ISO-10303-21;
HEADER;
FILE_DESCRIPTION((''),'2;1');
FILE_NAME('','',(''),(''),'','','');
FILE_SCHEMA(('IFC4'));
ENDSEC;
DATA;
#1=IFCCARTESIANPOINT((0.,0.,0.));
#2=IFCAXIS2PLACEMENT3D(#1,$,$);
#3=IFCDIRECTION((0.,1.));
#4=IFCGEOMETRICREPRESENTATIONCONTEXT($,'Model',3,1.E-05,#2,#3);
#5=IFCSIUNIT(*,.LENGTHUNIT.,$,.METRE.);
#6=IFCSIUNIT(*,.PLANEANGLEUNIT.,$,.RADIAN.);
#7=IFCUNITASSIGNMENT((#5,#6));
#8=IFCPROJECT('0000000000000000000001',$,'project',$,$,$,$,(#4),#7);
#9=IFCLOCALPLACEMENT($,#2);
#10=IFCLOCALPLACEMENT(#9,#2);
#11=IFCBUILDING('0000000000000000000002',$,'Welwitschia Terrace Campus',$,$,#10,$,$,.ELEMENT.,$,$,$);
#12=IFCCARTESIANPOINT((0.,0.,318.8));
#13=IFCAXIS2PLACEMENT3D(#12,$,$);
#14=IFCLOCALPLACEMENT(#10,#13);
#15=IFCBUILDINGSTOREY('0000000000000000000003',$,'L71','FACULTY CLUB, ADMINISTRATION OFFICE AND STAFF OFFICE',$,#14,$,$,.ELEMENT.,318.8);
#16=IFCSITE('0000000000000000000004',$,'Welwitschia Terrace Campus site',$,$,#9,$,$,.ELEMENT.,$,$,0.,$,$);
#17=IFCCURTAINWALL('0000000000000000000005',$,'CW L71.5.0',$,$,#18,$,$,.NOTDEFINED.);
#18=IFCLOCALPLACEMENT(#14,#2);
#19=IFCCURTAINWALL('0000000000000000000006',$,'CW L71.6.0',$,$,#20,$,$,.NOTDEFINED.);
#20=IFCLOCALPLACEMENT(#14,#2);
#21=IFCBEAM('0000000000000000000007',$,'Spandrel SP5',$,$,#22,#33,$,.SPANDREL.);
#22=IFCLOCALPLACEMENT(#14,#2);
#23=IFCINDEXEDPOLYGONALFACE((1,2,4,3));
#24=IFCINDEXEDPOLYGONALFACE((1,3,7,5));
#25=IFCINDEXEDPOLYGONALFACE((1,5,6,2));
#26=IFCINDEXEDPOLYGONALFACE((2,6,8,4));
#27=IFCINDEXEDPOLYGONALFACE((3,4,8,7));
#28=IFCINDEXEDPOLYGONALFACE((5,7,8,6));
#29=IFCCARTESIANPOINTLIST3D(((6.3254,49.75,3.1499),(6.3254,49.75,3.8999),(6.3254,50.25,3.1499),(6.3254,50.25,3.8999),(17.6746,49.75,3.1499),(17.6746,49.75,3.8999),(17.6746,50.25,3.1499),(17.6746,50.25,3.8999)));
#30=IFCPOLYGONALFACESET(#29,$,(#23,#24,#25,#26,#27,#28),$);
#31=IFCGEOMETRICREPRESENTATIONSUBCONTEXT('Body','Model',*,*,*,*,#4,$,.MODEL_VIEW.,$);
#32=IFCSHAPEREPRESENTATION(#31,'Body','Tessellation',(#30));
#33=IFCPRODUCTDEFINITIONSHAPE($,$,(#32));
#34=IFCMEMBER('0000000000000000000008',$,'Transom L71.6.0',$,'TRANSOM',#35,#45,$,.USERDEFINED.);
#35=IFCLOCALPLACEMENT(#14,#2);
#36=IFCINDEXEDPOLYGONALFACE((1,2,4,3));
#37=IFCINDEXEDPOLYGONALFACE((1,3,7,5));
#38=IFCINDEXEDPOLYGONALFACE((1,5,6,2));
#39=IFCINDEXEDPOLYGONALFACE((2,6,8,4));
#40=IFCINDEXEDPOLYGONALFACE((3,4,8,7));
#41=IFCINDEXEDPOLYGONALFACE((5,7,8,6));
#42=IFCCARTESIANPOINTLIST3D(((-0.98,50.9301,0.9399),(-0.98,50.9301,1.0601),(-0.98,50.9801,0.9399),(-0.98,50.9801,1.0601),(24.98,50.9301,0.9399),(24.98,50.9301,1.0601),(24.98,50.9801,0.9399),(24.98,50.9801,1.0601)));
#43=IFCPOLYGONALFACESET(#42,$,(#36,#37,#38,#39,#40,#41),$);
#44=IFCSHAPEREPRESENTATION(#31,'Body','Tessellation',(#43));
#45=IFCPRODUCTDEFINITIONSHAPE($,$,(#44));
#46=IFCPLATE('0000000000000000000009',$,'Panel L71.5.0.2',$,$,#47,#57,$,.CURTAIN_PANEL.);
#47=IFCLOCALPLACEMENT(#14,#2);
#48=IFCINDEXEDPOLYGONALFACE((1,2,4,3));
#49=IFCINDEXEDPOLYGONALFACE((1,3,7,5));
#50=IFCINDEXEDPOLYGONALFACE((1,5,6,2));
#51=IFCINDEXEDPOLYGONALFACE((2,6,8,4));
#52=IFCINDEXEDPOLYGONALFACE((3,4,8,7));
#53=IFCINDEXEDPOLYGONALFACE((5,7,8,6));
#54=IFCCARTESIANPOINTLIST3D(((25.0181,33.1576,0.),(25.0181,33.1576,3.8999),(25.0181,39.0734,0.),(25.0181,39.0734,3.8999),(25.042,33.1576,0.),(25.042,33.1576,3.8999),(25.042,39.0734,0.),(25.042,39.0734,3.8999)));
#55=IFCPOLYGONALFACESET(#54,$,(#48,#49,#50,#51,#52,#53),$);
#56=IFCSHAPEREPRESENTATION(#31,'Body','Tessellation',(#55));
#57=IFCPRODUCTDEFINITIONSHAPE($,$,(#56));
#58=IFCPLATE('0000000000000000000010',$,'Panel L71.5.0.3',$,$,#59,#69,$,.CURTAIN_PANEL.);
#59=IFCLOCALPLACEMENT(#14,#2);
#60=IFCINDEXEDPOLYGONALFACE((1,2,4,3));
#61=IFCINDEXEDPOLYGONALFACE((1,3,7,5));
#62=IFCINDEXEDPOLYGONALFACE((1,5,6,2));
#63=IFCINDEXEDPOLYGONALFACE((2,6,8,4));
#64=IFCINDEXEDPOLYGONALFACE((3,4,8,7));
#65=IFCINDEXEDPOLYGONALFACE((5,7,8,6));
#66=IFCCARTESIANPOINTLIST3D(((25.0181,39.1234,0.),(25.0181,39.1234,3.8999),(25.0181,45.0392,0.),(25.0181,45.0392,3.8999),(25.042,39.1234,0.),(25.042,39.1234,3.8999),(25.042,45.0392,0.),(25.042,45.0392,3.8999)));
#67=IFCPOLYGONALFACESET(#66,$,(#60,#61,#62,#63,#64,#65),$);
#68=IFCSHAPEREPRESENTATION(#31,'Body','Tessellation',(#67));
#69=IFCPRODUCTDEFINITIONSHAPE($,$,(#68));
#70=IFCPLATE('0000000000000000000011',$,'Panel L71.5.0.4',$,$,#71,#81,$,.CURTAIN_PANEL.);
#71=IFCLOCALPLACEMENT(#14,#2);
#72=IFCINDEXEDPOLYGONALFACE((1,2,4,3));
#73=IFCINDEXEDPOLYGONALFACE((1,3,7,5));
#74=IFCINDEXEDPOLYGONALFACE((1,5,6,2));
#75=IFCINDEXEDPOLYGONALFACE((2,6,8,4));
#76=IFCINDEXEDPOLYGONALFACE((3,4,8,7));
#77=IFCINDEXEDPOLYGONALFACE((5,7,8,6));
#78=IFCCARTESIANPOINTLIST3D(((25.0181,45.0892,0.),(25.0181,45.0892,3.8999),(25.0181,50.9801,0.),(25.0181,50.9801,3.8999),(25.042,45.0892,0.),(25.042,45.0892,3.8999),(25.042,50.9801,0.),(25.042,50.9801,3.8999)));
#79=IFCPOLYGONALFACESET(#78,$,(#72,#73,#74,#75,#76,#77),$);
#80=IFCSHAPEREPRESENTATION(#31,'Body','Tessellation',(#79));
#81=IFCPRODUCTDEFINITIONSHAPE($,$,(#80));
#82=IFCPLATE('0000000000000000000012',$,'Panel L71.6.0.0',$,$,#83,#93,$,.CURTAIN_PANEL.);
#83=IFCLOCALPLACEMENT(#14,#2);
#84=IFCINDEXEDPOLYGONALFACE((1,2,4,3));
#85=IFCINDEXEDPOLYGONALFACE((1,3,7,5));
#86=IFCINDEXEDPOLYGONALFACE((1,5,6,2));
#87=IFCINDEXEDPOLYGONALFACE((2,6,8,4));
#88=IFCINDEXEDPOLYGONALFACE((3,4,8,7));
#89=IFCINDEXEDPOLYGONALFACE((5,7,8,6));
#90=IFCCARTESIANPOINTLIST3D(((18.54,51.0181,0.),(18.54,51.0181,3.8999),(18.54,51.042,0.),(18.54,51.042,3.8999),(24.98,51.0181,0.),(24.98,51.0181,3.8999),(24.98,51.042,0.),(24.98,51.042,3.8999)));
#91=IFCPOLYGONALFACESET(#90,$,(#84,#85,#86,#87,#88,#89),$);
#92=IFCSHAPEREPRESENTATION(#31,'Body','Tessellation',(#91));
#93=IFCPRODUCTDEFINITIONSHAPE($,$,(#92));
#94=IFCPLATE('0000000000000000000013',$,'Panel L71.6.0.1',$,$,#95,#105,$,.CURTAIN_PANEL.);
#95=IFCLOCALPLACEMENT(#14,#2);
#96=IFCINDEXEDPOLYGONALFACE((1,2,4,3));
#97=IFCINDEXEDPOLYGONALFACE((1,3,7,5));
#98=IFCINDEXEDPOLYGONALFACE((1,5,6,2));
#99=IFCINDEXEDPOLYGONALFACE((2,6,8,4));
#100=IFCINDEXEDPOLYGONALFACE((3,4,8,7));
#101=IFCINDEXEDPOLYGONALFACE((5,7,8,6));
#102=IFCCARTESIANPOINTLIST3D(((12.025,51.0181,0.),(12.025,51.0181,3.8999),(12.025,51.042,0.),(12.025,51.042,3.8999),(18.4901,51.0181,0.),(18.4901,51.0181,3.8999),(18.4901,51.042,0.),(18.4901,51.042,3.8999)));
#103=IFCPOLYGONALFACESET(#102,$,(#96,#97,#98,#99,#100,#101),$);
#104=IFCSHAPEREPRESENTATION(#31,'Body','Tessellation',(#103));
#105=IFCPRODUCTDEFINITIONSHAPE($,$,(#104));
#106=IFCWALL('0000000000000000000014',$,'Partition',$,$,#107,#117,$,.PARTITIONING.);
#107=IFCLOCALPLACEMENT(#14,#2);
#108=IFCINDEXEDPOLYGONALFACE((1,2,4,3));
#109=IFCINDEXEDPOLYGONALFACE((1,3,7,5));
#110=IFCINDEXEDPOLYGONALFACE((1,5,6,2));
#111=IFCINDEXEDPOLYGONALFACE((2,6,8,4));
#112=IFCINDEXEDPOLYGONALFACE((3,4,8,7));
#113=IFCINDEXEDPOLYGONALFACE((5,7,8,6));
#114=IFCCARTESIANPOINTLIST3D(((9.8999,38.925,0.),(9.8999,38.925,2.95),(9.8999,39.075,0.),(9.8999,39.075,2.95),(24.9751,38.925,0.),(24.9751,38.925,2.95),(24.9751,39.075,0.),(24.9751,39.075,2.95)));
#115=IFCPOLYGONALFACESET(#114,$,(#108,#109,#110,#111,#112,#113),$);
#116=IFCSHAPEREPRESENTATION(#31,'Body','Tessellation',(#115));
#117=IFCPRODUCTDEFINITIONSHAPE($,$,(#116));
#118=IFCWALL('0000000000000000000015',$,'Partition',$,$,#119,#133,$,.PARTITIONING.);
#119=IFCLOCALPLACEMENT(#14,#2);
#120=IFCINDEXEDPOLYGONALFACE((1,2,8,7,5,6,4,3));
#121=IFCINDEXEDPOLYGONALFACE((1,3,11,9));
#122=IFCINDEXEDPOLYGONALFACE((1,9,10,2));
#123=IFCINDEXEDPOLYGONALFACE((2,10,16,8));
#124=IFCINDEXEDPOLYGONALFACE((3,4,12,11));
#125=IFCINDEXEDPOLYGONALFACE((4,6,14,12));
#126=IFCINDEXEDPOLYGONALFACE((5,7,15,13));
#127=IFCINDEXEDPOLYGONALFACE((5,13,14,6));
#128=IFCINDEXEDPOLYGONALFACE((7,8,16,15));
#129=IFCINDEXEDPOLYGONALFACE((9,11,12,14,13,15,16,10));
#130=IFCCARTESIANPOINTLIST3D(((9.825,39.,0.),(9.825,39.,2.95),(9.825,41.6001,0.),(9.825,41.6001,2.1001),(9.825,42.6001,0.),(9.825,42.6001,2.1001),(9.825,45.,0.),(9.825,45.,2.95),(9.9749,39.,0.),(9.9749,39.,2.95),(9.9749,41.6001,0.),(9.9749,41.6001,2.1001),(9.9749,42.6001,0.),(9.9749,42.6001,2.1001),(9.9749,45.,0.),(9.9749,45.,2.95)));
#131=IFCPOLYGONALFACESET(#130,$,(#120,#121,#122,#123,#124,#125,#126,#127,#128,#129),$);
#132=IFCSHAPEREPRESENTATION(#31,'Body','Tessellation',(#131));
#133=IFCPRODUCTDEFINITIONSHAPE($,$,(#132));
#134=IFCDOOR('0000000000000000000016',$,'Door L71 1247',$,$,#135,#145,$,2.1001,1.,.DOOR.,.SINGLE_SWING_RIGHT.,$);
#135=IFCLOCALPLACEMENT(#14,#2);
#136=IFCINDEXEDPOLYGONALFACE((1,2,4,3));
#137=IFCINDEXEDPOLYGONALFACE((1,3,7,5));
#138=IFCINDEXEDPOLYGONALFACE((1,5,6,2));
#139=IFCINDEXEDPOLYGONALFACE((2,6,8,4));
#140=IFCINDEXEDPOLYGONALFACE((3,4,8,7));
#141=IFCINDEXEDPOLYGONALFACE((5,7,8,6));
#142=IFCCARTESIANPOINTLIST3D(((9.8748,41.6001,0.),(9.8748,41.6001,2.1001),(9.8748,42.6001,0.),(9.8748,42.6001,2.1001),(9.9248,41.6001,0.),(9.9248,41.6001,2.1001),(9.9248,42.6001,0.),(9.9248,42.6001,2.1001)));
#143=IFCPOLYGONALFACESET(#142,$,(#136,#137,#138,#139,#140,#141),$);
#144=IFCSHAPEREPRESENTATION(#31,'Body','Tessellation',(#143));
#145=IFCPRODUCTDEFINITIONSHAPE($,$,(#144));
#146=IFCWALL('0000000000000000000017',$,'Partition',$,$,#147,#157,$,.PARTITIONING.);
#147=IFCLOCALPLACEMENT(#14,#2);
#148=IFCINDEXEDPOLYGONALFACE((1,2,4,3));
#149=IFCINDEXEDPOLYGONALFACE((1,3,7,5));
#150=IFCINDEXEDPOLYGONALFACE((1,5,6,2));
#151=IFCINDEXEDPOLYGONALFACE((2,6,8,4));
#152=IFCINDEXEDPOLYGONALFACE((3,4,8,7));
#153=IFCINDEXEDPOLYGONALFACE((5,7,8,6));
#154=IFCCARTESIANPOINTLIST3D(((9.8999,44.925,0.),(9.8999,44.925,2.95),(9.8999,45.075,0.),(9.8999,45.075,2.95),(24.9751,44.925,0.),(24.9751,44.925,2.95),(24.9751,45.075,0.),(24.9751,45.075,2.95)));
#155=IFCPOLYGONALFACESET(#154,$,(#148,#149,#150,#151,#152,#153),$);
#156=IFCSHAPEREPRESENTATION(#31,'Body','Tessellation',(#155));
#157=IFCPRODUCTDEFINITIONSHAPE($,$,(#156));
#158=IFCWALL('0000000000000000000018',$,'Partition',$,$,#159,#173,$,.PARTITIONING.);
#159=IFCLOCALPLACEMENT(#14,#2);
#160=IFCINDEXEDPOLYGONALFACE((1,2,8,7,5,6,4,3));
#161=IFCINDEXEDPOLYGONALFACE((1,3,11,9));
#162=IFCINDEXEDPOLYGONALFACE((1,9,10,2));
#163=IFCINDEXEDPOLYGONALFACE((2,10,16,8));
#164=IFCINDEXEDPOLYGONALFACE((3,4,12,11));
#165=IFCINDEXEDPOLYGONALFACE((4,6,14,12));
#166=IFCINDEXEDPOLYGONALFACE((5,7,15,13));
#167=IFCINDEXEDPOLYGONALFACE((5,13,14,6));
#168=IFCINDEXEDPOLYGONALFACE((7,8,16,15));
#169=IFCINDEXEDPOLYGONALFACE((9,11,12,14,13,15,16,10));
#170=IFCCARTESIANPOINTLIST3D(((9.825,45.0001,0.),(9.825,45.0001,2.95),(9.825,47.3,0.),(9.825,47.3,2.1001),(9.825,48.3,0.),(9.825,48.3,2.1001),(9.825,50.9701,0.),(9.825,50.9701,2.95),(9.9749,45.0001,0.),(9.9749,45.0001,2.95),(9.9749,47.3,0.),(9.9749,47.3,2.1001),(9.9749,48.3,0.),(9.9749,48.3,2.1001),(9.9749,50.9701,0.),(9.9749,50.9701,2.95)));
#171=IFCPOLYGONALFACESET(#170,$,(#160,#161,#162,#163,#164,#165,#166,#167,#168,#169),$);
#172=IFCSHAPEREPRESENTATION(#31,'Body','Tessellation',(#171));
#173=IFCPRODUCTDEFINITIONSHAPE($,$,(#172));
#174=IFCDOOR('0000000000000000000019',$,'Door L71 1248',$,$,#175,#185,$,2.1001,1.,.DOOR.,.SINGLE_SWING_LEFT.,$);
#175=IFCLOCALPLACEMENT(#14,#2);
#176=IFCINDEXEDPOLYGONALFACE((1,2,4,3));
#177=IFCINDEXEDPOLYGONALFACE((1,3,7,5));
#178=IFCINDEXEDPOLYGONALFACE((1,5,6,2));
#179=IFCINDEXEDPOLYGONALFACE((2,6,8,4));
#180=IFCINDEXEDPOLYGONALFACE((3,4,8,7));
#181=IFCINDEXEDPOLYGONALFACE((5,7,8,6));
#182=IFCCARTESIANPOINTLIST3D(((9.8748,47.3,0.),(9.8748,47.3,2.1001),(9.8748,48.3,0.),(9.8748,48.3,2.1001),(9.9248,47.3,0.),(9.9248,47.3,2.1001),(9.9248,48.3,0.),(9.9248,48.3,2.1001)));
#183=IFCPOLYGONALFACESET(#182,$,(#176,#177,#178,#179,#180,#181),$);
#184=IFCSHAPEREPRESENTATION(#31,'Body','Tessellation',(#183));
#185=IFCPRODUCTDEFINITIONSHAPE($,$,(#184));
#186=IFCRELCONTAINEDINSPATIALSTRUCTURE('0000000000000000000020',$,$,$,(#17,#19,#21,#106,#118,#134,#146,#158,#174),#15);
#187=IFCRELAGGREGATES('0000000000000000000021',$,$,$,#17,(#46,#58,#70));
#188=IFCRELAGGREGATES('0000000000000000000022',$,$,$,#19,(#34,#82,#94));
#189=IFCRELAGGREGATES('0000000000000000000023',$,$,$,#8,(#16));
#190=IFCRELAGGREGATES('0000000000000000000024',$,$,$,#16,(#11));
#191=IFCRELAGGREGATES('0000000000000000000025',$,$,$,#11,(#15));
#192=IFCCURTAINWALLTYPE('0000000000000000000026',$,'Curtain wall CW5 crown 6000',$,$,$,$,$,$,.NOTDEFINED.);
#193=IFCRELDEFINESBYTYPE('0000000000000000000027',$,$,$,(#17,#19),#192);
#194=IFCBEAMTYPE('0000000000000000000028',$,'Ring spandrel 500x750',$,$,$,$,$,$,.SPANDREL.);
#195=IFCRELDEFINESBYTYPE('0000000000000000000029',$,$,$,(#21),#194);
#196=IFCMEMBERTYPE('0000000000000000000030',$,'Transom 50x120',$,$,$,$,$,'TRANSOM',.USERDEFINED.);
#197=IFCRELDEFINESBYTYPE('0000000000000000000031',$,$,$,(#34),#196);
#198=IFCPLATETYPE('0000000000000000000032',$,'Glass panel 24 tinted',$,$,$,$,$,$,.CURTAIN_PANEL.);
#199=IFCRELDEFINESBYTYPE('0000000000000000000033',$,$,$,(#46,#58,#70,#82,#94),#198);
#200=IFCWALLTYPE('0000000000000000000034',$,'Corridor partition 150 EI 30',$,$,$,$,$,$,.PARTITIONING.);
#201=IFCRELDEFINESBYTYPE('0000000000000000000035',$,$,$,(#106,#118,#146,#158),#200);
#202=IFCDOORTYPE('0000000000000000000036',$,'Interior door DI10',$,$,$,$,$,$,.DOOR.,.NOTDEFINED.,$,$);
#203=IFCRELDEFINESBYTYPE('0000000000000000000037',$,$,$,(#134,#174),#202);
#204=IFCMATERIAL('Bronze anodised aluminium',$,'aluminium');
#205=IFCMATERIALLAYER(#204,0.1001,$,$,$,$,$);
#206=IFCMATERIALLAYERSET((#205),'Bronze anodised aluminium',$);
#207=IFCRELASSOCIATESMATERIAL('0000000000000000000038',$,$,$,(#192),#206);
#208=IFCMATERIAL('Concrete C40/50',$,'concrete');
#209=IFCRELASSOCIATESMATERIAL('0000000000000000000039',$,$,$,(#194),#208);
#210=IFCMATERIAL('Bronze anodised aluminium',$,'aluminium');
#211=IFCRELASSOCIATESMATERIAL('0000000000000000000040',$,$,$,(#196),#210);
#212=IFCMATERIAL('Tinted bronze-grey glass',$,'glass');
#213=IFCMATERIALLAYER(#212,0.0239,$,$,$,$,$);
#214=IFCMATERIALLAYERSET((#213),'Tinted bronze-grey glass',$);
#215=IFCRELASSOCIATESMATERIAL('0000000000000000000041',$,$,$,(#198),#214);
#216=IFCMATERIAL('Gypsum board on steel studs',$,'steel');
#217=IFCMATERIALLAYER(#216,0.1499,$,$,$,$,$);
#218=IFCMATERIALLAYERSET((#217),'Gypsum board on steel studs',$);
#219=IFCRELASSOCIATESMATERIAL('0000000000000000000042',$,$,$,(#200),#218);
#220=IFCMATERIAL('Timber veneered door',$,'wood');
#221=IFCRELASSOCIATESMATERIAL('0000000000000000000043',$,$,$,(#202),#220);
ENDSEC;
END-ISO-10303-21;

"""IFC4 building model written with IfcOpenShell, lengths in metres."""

from ifc_helpers import new_model, si_unit, direction, frame, frame_2d, origin, origin_2d, place, context, subcontext, project, spatial, rectangle, extrude, material, layer, layer_set, material_profile, profile_set, type_object, element, fill, aggregate, save


model = new_model("IFC4")

# Units and contexts
model_context = context("Model", 3, precision=1e-05, world=origin(), true_north=direction((0.0, 1.0)))
body_context = subcontext(model_context, "Body", "Model", "MODEL_VIEW")
ifc_project = project(units=[si_unit("LENGTHUNIT", "METRE"), si_unit("PLANEANGLEUNIT", "RADIAN")], contexts=[model_context])

# Site, building, storey
site_placement = place(None, origin())
site = spatial("IfcSite", under=ifc_project, at=site_placement, Name="Welwitschia Terrace Campus site", CompositionType="ELEMENT", RefElevation=0.0)
building_placement = place(site_placement, origin())
building = spatial("IfcBuilding", under=site, at=building_placement, Name="Welwitschia Terrace Campus", CompositionType="ELEMENT")
storey_placement = place(building_placement, frame((0.0, 0.0, 318.8)))
storey = spatial("IfcBuildingStorey", under=building, at=storey_placement, Name="L71", Description="FACULTY CLUB, ADMINISTRATION OFFICE AND STAFF OFFICE", CompositionType="ELEMENT", Elevation=318.8)

# Curtain walls
ifc_material_1 = material(Name="Bronze anodised aluminium", Category="aluminium")
ifc_layer_1 = layer(ifc_material_1, 0.1001)
ifc_layer_set_1 = layer_set([ifc_layer_1], Name="Bronze anodised aluminium")
curtain_wall_type = type_object("IfcCurtainWallType", Name="Curtain wall CW5 crown 6000", PredefinedType="NOTDEFINED", material=ifc_layer_set_1)
curtain_wall_1_placement = place(storey_placement, origin())
curtain_wall_1 = element("IfcCurtainWall", 1, at=curtain_wall_1_placement, inside=storey, type_object=curtain_wall_type, Name="CW L71.5.0", PredefinedType="NOTDEFINED")
curtain_wall_2_placement = place(storey_placement, origin())
curtain_wall_2 = element("IfcCurtainWall", 2, at=curtain_wall_2_placement, inside=storey, type_object=curtain_wall_type, Name="CW L71.6.0", PredefinedType="NOTDEFINED")

# Beam
ifc_material_2 = material(Name="Concrete C40/50", Category="concrete")
ifc_material_profile_1 = material_profile(ifc_material_2, rectangle(XDim=0.5, YDim=0.75, at=origin_2d()))
ifc_profile_set_1 = profile_set([ifc_material_profile_1], Name="Concrete C40/50")
beam_type_1 = type_object("IfcBeamType", Name="Ring spandrel 500x750", PredefinedType="SPANDREL", material=ifc_profile_set_1)
beam_1_placement = place(storey_placement, frame((17.6746, 50.0, 3.5249), z_axis=(-1.0, 0.0, 0.0), x_axis=(0.0, -1.0, 0.0)))
element("IfcBeam", 3, at=beam_1_placement, inside=storey, type_object=beam_type_1, Name="Spandrel SP5", PredefinedType="SPANDREL", context=body_context, shape_type="SweptSolid", body=[
    extrude(rectangle(XDim=0.5, YDim=0.75, at=origin_2d()), origin(), (0.0, 0.0, 1.0), 11.3491),
])

# Member
ifc_material_3 = material(Name="Bronze anodised aluminium", Category="aluminium")
ifc_material_profile_2 = material_profile(ifc_material_3, rectangle(XDim=0.05, YDim=0.1201, at=origin_2d()))
ifc_profile_set_2 = profile_set([ifc_material_profile_2], Name="Bronze anodised aluminium")
member_type_1 = type_object("IfcMemberType", Name="Transom 50x120", ElementType="TRANSOM", PredefinedType="USERDEFINED", material=ifc_profile_set_2)
member_1_placement = place(storey_placement, frame((24.98, 50.9551, 1.0), z_axis=(-1.0, 0.0, 0.0), x_axis=(0.0, -1.0, 0.0)))
member_1 = element("IfcMember", 4, at=member_1_placement, type_object=member_type_1, Name="Transom L71.6.0", ObjectType="TRANSOM", PredefinedType="USERDEFINED", context=body_context, shape_type="SweptSolid", body=[
    extrude(rectangle(XDim=0.05, YDim=0.1201, at=origin_2d()), origin(), (0.0, 0.0, 1.0), 25.96),
])

# Plates
ifc_material_4 = material(Name="Tinted bronze-grey glass", Category="glass")
ifc_layer_2 = layer(ifc_material_4, 0.0239)
ifc_layer_set_2 = layer_set([ifc_layer_2], Name="Tinted bronze-grey glass")
plate_type = type_object("IfcPlateType", Name="Glass panel 24 tinted", PredefinedType="CURTAIN_PANEL", material=ifc_layer_set_2)
plate_1_placement = place(storey_placement, frame((25.03, 36.1155, 0.0), z_axis=(0.0, 0.0, 1.0), x_axis=(0.0, 1.0, 0.0)))
plate_1 = element("IfcPlate", 5, at=plate_1_placement, type_object=plate_type, Name="Panel L71.5.0.2", PredefinedType="CURTAIN_PANEL", context=body_context, shape_type="SweptSolid", body=[
    extrude(rectangle(XDim=5.9158, YDim=0.0239, at=origin_2d()), origin(), (0.0, 0.0, 1.0), 3.8999),
])
plate_2_placement = place(storey_placement, frame((25.03, 42.0813, 0.0), z_axis=(0.0, 0.0, 1.0), x_axis=(0.0, 1.0, 0.0)))
plate_2 = element("IfcPlate", 6, at=plate_2_placement, type_object=plate_type, Name="Panel L71.5.0.3", PredefinedType="CURTAIN_PANEL", context=body_context, shape_type="SweptSolid", body=[
    extrude(rectangle(XDim=5.9158, YDim=0.0239, at=origin_2d()), origin(), (0.0, 0.0, 1.0), 3.8999),
])
plate_3_placement = place(storey_placement, frame((25.03, 48.0347, 0.0), z_axis=(0.0, 0.0, 1.0), x_axis=(0.0, 1.0, 0.0)))
plate_3 = element("IfcPlate", 7, at=plate_3_placement, type_object=plate_type, Name="Panel L71.5.0.4", PredefinedType="CURTAIN_PANEL", context=body_context, shape_type="SweptSolid", body=[
    extrude(rectangle(XDim=5.8909, YDim=0.0239, at=origin_2d()), origin(), (0.0, 0.0, 1.0), 3.8999),
])
aggregate(curtain_wall_1, [plate_1, plate_2, plate_3])
plate_4_placement = place(storey_placement, frame((21.76, 51.03, 0.0), z_axis=(0.0, 0.0, 1.0), x_axis=(-1.0, 0.0, 0.0)))
plate_4 = element("IfcPlate", 8, at=plate_4_placement, type_object=plate_type, Name="Panel L71.6.0.0", PredefinedType="CURTAIN_PANEL", context=body_context, shape_type="SweptSolid", body=[
    extrude(rectangle(XDim=6.4399, YDim=0.0239, at=origin_2d()), origin(), (0.0, 0.0, 1.0), 3.8999),
])
plate_5_placement = place(storey_placement, frame((15.2576, 51.03, 0.0), z_axis=(0.0, 0.0, 1.0), x_axis=(-1.0, 0.0, 0.0)))
plate_5 = element("IfcPlate", 9, at=plate_5_placement, type_object=plate_type, Name="Panel L71.6.0.1", PredefinedType="CURTAIN_PANEL", context=body_context, shape_type="SweptSolid", body=[
    extrude(rectangle(XDim=6.4651, YDim=0.0239, at=origin_2d()), origin(), (0.0, 0.0, 1.0), 3.8999),
])
aggregate(curtain_wall_2, [member_1, plate_4, plate_5])

# Wall
ifc_material_5 = material(Name="Gypsum board on steel studs", Category="steel")
ifc_layer_3 = layer(ifc_material_5, 0.1499)
ifc_layer_set_3 = layer_set([ifc_layer_3], Name="Gypsum board on steel studs")
wall_type = type_object("IfcWallType", Name="Corridor partition 150 EI 30", PredefinedType="PARTITIONING", material=ifc_layer_set_3)
wall_1_placement = place(storey_placement, frame((9.8999, 39.0, 0.0), z_axis=(0.0, 0.0, 1.0), x_axis=(1.0, 0.0, 0.0)))
element("IfcWall", 10, at=wall_1_placement, inside=storey, type_object=wall_type, Name="Partition", PredefinedType="PARTITIONING", context=body_context, shape_type="SweptSolid", body=[
    extrude(rectangle(XDim=15.0752, YDim=0.1499, at=frame_2d((7.5376, 0.0))), origin(), (0.0, 0.0, 1.0), 2.95),
])

# Wall, opening, door
wall_2_placement = place(storey_placement, frame((9.8999, 45.0, 0.0), z_axis=(0.0, 0.0, 1.0), x_axis=(0.0, -1.0, 0.0)))
wall_2 = element("IfcWall", 11, at=wall_2_placement, inside=storey, type_object=wall_type, Name="Partition", PredefinedType="PARTITIONING", context=body_context, shape_type="SweptSolid", body=[
    extrude(rectangle(XDim=6.0, YDim=0.1499, at=frame_2d((3.0, 0.0))), origin(), (0.0, 0.0, 1.0), 2.95),
])
opening_1_placement = place(wall_2_placement, frame((2.3999, 0.0, 0.0)))
opening_1 = element("IfcOpeningElement", 12, at=opening_1_placement, cuts=wall_2, PredefinedType="OPENING", context=body_context, shape_type="SweptSolid", body=[
    extrude(rectangle(XDim=1.0, YDim=2.1001, at=frame_2d((0.5, 1.05))), frame((0.0, 0.085, 0.0), z_axis=(0.0, -1.0, 0.0), x_axis=(1.0, 0.0, 0.0)), (0.0, 0.0, 1.0), 0.1699),
])
ifc_material_6 = material(Name="Timber veneered door", Category="wood")
door_type = type_object("IfcDoorType", Name="Interior door DI10", OperationType="NOTDEFINED", PredefinedType="DOOR", material=ifc_material_6)
door_1_placement = place(opening_1_placement, origin())
door_1 = element("IfcDoor", 13, at=door_1_placement, inside=storey, type_object=door_type, Name="Door L71 1247", OperationType="SINGLE_SWING_RIGHT", OverallHeight=2.1001, OverallWidth=1.0, PredefinedType="DOOR", context=body_context, shape_type="SweptSolid", body=[
    extrude(rectangle(XDim=1.0, YDim=2.1001, at=frame_2d((0.5, 1.05))), frame((0.0, 0.0249, 0.0), z_axis=(0.0, -1.0, 0.0), x_axis=(1.0, 0.0, 0.0)), (0.0, 0.0, 1.0), 0.05),
])
fill(opening_1, door_1)

# Wall
wall_3_placement = place(storey_placement, frame((9.8999, 45.0, 0.0), z_axis=(0.0, 0.0, 1.0), x_axis=(1.0, 0.0, 0.0)))
element("IfcWall", 14, at=wall_3_placement, inside=storey, type_object=wall_type, Name="Partition", PredefinedType="PARTITIONING", context=body_context, shape_type="SweptSolid", body=[
    extrude(rectangle(XDim=15.0752, YDim=0.1499, at=frame_2d((7.5376, 0.0))), origin(), (0.0, 0.0, 1.0), 2.95),
])

# Wall, opening, door
wall_4_placement = place(storey_placement, frame((9.8999, 50.97, 0.0), z_axis=(0.0, 0.0, 1.0), x_axis=(0.0, -1.0, 0.0)))
wall_4 = element("IfcWall", 15, at=wall_4_placement, inside=storey, type_object=wall_type, Name="Partition", PredefinedType="PARTITIONING", context=body_context, shape_type="SweptSolid", body=[
    extrude(rectangle(XDim=5.97, YDim=0.1499, at=frame_2d((2.9849, 0.0))), origin(), (0.0, 0.0, 1.0), 2.95),
])
opening_2_placement = place(wall_4_placement, frame((2.6699, 0.0, 0.0)))
opening_2 = element("IfcOpeningElement", 16, at=opening_2_placement, cuts=wall_4, PredefinedType="OPENING", context=body_context, shape_type="SweptSolid", body=[
    extrude(rectangle(XDim=1.0, YDim=2.1001, at=frame_2d((0.5, 1.05))), frame((0.0, 0.085, 0.0), z_axis=(0.0, -1.0, 0.0), x_axis=(1.0, 0.0, 0.0)), (0.0, 0.0, 1.0), 0.1699),
])
door_2_placement = place(opening_2_placement, origin())
door_2 = element("IfcDoor", 17, at=door_2_placement, inside=storey, type_object=door_type, Name="Door L71 1248", OperationType="SINGLE_SWING_LEFT", OverallHeight=2.1001, OverallWidth=1.0, PredefinedType="DOOR", context=body_context, shape_type="SweptSolid", body=[
    extrude(rectangle(XDim=1.0, YDim=2.1001, at=frame_2d((0.5, 1.05))), frame((0.0, 0.0249, 0.0), z_axis=(0.0, -1.0, 0.0), x_axis=(1.0, 0.0, 0.0)), (0.0, 0.0, 1.0), 0.05),
])
fill(opening_2, door_2)

save(model, "model.ifc")
